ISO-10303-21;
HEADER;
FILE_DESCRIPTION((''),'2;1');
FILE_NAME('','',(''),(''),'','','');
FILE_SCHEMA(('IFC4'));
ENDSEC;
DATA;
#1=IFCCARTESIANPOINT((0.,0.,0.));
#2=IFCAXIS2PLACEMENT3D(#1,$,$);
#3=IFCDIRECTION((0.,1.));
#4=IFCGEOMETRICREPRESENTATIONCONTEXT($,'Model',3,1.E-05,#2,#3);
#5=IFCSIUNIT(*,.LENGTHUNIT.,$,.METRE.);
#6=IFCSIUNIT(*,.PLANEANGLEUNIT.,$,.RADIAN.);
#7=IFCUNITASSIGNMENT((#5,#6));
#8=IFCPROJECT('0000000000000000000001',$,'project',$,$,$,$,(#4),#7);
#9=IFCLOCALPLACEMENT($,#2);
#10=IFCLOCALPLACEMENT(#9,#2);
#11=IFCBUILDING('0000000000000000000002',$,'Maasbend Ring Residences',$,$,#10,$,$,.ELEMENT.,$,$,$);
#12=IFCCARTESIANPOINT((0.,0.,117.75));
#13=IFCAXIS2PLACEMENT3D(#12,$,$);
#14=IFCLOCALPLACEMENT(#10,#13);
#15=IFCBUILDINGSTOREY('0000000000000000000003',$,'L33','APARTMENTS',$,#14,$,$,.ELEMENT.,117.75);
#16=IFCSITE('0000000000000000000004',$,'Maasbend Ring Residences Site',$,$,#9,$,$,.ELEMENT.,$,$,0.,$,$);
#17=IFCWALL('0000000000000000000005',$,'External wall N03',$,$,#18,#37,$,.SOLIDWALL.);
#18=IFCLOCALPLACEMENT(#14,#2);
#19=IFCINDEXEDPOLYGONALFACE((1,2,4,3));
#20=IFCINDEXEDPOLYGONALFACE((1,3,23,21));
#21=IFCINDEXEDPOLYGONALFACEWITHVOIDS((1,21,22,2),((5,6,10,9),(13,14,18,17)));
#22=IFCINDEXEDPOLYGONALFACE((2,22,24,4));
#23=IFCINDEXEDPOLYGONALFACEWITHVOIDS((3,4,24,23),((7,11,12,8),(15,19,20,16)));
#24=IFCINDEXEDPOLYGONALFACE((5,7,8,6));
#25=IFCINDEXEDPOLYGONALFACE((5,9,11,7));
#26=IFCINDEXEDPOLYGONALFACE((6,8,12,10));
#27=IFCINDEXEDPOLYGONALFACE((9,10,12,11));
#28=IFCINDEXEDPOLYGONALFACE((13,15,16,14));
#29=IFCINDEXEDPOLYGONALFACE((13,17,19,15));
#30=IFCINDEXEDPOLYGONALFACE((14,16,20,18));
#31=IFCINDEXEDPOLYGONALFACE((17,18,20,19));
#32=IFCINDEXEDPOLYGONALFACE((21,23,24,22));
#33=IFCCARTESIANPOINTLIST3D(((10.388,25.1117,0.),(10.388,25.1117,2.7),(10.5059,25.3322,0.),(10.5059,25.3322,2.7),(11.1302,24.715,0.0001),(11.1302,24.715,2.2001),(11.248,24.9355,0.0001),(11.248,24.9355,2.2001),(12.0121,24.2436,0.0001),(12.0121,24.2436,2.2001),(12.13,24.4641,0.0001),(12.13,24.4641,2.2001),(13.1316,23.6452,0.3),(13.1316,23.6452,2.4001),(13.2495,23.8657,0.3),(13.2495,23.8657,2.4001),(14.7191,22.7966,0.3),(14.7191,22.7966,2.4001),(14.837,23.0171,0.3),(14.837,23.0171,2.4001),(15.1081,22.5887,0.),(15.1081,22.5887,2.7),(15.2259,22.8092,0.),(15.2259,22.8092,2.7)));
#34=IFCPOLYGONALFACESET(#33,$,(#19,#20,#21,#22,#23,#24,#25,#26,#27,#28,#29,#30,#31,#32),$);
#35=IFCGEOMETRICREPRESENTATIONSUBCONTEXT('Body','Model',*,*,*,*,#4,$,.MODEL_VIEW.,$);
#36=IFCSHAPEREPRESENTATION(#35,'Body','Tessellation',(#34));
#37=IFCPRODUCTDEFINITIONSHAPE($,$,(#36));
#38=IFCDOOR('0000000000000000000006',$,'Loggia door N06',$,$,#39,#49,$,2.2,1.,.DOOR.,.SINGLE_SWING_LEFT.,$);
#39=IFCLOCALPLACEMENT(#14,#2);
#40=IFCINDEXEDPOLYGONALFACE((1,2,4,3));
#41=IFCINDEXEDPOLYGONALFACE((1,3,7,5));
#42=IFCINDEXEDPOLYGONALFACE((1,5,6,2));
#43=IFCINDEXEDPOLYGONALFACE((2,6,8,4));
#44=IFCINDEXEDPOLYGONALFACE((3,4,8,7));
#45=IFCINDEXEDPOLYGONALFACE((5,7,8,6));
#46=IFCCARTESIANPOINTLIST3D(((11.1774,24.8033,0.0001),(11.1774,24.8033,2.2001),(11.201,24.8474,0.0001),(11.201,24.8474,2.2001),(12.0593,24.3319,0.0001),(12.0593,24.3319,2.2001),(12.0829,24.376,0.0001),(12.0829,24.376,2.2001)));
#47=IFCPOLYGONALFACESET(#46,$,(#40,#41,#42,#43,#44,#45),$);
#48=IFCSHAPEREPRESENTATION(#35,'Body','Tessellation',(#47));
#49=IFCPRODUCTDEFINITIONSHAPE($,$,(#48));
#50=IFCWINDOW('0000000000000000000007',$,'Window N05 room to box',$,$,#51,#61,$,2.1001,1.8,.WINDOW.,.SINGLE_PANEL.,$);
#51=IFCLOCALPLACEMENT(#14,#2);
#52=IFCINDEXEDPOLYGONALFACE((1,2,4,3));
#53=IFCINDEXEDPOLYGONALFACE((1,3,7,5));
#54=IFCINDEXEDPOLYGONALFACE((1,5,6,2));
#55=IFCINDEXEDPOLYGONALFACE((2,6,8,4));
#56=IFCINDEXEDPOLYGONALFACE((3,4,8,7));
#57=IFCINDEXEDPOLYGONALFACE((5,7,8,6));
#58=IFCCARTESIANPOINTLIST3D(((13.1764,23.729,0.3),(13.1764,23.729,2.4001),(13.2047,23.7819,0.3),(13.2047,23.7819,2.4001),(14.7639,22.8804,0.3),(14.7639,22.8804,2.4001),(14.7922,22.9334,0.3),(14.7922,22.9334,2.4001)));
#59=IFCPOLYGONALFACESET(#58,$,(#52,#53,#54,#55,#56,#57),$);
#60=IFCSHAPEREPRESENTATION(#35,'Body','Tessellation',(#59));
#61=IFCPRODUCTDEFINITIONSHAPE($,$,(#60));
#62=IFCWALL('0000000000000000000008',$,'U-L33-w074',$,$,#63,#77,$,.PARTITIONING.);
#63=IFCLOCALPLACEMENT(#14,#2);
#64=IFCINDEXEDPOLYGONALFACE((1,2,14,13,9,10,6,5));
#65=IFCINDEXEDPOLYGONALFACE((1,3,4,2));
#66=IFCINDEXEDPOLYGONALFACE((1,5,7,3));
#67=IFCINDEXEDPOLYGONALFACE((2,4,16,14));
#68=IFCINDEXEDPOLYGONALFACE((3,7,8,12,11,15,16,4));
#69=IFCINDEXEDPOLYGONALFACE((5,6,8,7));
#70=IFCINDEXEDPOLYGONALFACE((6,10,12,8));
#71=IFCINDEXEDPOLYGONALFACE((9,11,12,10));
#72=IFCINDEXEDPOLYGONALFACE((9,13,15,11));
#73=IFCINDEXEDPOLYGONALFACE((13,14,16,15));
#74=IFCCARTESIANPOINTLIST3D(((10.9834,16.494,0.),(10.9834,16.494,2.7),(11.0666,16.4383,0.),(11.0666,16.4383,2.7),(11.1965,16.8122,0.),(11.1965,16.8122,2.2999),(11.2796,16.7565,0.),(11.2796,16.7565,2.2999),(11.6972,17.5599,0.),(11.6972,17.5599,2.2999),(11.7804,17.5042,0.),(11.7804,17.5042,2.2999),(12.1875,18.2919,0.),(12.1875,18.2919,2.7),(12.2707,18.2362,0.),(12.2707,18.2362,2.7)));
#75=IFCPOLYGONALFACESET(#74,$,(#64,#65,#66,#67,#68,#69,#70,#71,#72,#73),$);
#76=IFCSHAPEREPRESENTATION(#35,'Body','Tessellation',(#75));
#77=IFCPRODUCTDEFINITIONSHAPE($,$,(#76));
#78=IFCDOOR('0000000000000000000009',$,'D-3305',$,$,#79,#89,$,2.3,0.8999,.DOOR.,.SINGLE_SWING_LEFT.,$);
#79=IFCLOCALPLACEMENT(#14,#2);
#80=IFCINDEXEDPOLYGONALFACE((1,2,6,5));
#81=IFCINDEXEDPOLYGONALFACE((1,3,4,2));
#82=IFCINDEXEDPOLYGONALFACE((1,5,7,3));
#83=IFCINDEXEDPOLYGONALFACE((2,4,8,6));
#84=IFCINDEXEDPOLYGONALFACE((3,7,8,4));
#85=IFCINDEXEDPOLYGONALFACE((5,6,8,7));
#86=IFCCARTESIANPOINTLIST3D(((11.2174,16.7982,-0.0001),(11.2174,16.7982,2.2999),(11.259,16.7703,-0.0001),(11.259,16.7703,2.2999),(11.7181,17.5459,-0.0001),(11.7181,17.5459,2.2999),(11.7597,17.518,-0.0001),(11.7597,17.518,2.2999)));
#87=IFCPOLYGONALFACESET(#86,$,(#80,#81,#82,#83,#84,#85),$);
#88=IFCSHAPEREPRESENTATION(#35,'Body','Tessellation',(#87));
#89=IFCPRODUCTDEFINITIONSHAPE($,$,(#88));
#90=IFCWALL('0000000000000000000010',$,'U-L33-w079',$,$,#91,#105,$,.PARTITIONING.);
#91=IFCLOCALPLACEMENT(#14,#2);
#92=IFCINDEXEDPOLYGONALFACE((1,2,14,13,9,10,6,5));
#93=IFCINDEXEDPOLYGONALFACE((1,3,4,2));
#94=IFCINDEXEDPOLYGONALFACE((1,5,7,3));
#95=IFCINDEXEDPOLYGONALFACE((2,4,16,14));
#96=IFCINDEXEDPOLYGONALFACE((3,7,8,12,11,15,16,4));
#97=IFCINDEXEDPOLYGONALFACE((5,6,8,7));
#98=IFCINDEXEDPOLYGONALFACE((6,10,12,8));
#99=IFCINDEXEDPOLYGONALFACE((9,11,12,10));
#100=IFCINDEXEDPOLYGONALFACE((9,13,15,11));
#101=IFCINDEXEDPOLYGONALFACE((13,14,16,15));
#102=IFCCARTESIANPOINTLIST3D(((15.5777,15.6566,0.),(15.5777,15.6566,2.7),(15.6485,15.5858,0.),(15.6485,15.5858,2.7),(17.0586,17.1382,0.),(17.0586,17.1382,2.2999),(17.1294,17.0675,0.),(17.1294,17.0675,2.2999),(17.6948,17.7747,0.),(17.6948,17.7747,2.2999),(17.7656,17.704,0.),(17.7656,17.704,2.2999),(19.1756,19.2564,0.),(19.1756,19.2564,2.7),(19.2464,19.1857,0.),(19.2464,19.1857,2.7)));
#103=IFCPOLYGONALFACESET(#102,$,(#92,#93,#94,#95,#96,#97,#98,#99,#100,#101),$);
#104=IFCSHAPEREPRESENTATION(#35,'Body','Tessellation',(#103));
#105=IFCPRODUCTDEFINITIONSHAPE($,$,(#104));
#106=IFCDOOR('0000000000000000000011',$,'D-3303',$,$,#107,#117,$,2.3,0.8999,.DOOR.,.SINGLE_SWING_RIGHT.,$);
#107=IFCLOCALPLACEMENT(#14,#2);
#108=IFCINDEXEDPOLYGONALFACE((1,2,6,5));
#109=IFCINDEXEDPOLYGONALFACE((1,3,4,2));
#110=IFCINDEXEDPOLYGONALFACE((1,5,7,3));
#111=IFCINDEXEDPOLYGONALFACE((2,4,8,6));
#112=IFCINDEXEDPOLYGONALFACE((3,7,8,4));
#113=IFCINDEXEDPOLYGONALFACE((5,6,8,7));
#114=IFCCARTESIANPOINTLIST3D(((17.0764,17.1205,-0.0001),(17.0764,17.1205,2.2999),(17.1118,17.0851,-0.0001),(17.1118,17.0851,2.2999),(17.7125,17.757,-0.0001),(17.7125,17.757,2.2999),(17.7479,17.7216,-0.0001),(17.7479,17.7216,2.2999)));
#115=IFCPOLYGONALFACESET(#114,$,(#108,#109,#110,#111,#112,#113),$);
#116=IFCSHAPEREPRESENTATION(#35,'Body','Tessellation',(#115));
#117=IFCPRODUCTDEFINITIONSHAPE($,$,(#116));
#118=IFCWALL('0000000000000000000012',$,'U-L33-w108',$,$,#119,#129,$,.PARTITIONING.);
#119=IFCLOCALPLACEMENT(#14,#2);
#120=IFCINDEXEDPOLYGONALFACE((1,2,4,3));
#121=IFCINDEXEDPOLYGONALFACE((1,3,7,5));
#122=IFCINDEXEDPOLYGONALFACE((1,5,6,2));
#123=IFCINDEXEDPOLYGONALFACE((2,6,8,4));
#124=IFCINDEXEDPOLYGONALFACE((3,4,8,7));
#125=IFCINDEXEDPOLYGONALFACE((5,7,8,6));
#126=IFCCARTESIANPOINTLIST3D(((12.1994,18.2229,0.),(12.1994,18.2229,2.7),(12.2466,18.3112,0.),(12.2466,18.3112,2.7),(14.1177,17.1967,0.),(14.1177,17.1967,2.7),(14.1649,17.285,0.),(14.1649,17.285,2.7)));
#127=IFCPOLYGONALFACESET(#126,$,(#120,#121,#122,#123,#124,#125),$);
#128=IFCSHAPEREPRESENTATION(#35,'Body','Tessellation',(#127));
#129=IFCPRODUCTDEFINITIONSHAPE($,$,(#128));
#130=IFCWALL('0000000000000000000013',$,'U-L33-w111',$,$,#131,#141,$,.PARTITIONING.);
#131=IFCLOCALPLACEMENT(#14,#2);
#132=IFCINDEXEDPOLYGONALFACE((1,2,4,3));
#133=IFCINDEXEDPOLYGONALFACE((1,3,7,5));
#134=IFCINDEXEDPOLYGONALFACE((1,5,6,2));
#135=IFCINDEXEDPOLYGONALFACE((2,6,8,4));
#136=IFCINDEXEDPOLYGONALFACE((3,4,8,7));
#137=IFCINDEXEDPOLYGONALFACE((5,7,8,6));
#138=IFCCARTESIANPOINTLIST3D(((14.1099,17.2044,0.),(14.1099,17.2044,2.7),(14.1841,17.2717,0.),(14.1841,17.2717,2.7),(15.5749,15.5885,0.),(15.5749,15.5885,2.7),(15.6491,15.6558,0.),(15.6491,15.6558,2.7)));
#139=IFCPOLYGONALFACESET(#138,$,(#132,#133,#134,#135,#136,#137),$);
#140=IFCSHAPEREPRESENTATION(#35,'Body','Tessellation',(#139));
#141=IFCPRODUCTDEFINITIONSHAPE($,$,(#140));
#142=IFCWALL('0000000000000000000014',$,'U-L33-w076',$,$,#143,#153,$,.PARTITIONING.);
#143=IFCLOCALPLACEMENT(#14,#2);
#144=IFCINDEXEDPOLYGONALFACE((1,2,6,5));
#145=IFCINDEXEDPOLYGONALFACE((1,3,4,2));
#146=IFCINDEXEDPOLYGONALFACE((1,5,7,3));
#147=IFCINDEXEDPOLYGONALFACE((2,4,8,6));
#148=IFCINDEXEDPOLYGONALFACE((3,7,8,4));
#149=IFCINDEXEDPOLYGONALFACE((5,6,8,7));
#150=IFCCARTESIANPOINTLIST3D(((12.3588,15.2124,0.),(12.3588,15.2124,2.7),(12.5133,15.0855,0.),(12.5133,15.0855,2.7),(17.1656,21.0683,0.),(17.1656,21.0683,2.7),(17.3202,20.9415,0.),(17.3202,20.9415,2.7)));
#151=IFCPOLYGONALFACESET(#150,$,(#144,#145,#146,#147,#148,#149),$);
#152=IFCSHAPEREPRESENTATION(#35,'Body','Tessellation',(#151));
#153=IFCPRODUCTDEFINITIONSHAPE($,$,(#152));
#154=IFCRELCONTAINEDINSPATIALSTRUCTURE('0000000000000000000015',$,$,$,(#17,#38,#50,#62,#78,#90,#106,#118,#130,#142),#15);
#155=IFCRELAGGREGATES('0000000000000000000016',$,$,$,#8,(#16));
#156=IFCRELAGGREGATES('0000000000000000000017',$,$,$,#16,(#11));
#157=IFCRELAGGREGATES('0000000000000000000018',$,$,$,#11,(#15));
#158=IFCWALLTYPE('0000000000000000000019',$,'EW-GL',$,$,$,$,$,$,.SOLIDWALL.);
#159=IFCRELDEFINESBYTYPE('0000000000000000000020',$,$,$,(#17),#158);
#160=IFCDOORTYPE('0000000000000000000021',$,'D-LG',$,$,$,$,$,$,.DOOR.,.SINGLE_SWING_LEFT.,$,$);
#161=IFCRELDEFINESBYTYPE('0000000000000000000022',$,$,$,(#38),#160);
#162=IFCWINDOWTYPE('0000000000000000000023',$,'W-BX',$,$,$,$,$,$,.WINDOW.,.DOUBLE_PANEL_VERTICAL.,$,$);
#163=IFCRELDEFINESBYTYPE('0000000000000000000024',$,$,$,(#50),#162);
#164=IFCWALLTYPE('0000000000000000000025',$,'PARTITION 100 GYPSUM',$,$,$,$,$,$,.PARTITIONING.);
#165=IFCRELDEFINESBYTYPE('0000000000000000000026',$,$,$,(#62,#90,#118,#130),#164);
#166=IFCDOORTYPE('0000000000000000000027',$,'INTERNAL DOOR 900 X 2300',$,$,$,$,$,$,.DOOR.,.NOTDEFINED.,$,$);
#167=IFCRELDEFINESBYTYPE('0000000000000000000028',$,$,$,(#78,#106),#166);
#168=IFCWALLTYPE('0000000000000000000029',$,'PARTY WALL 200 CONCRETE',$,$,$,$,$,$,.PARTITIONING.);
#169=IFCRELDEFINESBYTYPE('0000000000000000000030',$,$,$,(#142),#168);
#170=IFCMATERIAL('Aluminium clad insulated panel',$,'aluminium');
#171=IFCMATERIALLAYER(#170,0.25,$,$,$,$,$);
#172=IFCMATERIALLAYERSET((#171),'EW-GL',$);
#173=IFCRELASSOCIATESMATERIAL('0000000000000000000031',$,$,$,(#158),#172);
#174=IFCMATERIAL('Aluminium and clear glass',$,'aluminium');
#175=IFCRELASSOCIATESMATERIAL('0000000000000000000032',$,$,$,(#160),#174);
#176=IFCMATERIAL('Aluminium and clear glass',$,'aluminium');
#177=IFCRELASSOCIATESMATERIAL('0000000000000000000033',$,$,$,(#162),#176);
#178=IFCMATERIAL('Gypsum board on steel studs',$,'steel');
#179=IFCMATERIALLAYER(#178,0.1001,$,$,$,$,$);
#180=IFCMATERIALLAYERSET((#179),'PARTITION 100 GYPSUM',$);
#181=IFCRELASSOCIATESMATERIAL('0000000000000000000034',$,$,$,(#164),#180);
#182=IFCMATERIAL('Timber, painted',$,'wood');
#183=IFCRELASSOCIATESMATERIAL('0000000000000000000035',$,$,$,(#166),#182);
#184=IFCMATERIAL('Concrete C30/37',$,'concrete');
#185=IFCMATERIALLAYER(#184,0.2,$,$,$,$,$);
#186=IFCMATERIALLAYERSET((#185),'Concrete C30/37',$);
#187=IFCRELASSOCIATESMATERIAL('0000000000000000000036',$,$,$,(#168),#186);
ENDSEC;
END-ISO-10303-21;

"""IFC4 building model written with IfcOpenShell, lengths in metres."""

from ifc_helpers import new_model, si_unit, direction, frame, frame_2d, origin, place, context, subcontext, project, spatial, rectangle, extrude, material, layer, layer_set, type_object, element, fill, save


model = new_model("IFC4")

# Units and contexts
model_context = context("Model", 3, precision=1e-05, world=origin(), true_north=direction((0.0, 1.0)))
body_context = subcontext(model_context, "Body", "Model", "MODEL_VIEW")
ifc_project = project(units=[si_unit("LENGTHUNIT", "METRE"), si_unit("PLANEANGLEUNIT", "RADIAN")], contexts=[model_context])

# Site, building, storey
site_placement = place(None, origin())
site = spatial("IfcSite", under=ifc_project, at=site_placement, Name="Maasbend Ring Residences Site", CompositionType="ELEMENT", RefElevation=0.0)
building_placement = place(site_placement, origin())
building = spatial("IfcBuilding", under=site, at=building_placement, Name="Maasbend Ring Residences", CompositionType="ELEMENT")
storey_placement = place(building_placement, frame((0.0, 0.0, 117.75)))
storey = spatial("IfcBuildingStorey", under=building, at=storey_placement, Name="L33", Description="APARTMENTS", CompositionType="ELEMENT", Elevation=117.75)

# Wall, openings, door, window
ifc_material_1 = material(Name="Aluminium clad insulated panel", Category="aluminium")
ifc_layer_1 = layer(ifc_material_1, 0.25)
ifc_layer_set_1 = layer_set([ifc_layer_1], Name="EW-GL")
wall_type_1 = type_object("IfcWallType", Name="EW-GL", PredefinedType="SOLIDWALL", material=ifc_layer_set_1)
wall_1_placement = place(storey_placement, frame((15.167, 22.699, 0.0), z_axis=(0.0, 0.0, 1.0), x_axis=(-0.881916, 0.471407, 0.0)))
wall_1 = element("IfcWall", 1, at=wall_1_placement, inside=storey, type_object=wall_type_1, Name="External wall N03", PredefinedType="SOLIDWALL", context=body_context, shape_type="SweptSolid", body=[
    extrude(rectangle(XDim=5.3521, YDim=0.25, at=frame_2d((2.676, 0.0))), origin(), (0.0, 0.0, 1.0), 2.7),
])
opening_1_placement = place(wall_1_placement, frame((0.4412, 0.0, 0.3)))
opening_1 = element("IfcOpeningElement", 2, at=opening_1_placement, cuts=wall_1, PredefinedType="OPENING", context=body_context, shape_type="SweptSolid", body=[
    extrude(rectangle(XDim=1.8, YDim=2.1001, at=frame_2d((0.8999, 1.05))), frame((0.0, 0.135, 0.0), z_axis=(0.0, -1.0, 0.0), x_axis=(1.0, 0.0, 0.0)), (0.0, 0.0, 1.0), 0.27),
])
opening_2_placement = place(wall_1_placement, frame((3.5105, 0.0, 0.0)))
opening_2 = element("IfcOpeningElement", 3, at=opening_2_placement, cuts=wall_1, PredefinedType="OPENING", context=body_context, shape_type="SweptSolid", body=[
    extrude(rectangle(XDim=1.0, YDim=2.2, at=frame_2d((0.5, 1.1001))), frame((0.0, 0.135, 0.0), z_axis=(0.0, -1.0, 0.0), x_axis=(1.0, 0.0, 0.0)), (0.0, 0.0, 1.0), 0.27),
])
ifc_material_2 = material(Name="Aluminium and clear glass", Category="aluminium")
door_type_1 = type_object("IfcDoorType", Name="D-LG", OperationType="SINGLE_SWING_LEFT", PredefinedType="DOOR", material=ifc_material_2)
door_1_placement = place(opening_2_placement, origin())
door_1 = element("IfcDoor", 4, at=door_1_placement, inside=storey, type_object=door_type_1, Name="Loggia door N06", OperationType="SINGLE_SWING_LEFT", OverallHeight=2.2, OverallWidth=1.0, PredefinedType="DOOR", context=body_context, shape_type="SweptSolid", body=[
    extrude(rectangle(XDim=1.0, YDim=2.2, at=frame_2d((0.5, 1.1001))), frame((0.0, 0.0249, 0.0), z_axis=(0.0, -1.0, 0.0), x_axis=(1.0, 0.0, 0.0)), (0.0, 0.0, 1.0), 0.05),
])
fill(opening_2, door_1)
ifc_material_3 = material(Name="Aluminium and clear glass", Category="aluminium")
window_type_1 = type_object("IfcWindowType", Name="W-BX", PartitioningType="DOUBLE_PANEL_VERTICAL", PredefinedType="WINDOW", material=ifc_material_3)
window_1_placement = place(opening_1_placement, origin())
window_1 = element("IfcWindow", 5, at=window_1_placement, inside=storey, type_object=window_type_1, Name="Window N05 room to box", OverallHeight=2.1001, OverallWidth=1.8, PartitioningType="SINGLE_PANEL", PredefinedType="WINDOW", context=body_context, shape_type="SweptSolid", body=[
    extrude(rectangle(XDim=1.8, YDim=2.1001, at=frame_2d((0.8999, 1.05))), frame((0.0, 0.03, 0.0), z_axis=(0.0, -1.0, 0.0), x_axis=(1.0, 0.0, 0.0)), (0.0, 0.0, 1.0), 0.0601),
])
fill(opening_1, window_1)

# Walls, openings, doors
ifc_material_4 = material(Name="Gypsum board on steel studs", Category="steel")
ifc_layer_2 = layer(ifc_material_4, 0.1001)
ifc_layer_set_2 = layer_set([ifc_layer_2], Name="PARTITION 100 GYPSUM")
wall_type_2 = type_object("IfcWallType", Name="PARTITION 100 GYPSUM", PredefinedType="PARTITIONING", material=ifc_layer_set_2)
wall_2_placement = place(storey_placement, frame((11.0249, 16.4661, 0.0), z_axis=(0.0, 0.0, 1.0), x_axis=(0.556469, 0.830868, 0.0)))
wall_2 = element("IfcWall", 6, at=wall_2_placement, inside=storey, type_object=wall_type_2, Name="U-L33-w074", PredefinedType="PARTITIONING", context=body_context, shape_type="SweptSolid", body=[
    extrude(rectangle(XDim=2.1638, YDim=0.1001, at=frame_2d((1.082, 0.0))), origin(), (0.0, 0.0, 1.0), 2.7),
])
opening_3_placement = place(wall_2_placement, frame((0.3831, 0.0, 0.0)))
opening_3 = element("IfcOpeningElement", 7, at=opening_3_placement, cuts=wall_2, PredefinedType="OPENING", context=body_context, shape_type="SweptSolid", body=[
    extrude(rectangle(XDim=0.8999, YDim=2.3, at=frame_2d((0.45, 1.1499))), frame((0.0, 0.0601, 0.0), z_axis=(0.0, -1.0, 0.0), x_axis=(1.0, 0.0, 0.0)), (0.0, 0.0, 1.0), 0.1201),
])
ifc_material_5 = material(Name="Timber, painted", Category="wood")
door_type_2 = type_object("IfcDoorType", Name="INTERNAL DOOR 900 X 2300", OperationType="NOTDEFINED", PredefinedType="DOOR", material=ifc_material_5)
door_2_placement = place(opening_3_placement, origin())
door_2 = element("IfcDoor", 8, at=door_2_placement, inside=storey, type_object=door_type_2, Name="D-3305", OperationType="SINGLE_SWING_LEFT", OverallHeight=2.3, OverallWidth=0.8999, PredefinedType="DOOR", context=body_context, shape_type="SweptSolid", body=[
    extrude(rectangle(XDim=0.8999, YDim=2.3, at=frame_2d((0.45, 1.1499))), frame((0.0, 0.0249, 0.0), z_axis=(0.0, -1.0, 0.0), x_axis=(1.0, 0.0, 0.0)), (0.0, 0.0, 1.0), 0.05),
])
fill(opening_3, door_2)
wall_3_placement = place(storey_placement, frame((15.613, 15.6211, 0.0), z_axis=(0.0, 0.0, 1.0), x_axis=(0.706915, 0.707299, 0.0)))
wall_3 = element("IfcWall", 9, at=wall_3_placement, inside=storey, type_object=wall_type_2, Name="U-L33-w079", PredefinedType="PARTITIONING", context=body_context, shape_type="SweptSolid", body=[
    extrude(rectangle(XDim=5.0896, YDim=0.1001, at=frame_2d((2.5449, 0.0))), origin(), (0.0, 0.0, 1.0), 2.7),
])
opening_4_placement = place(wall_3_placement, frame((2.095, 0.0, 0.0)))
opening_4 = element("IfcOpeningElement", 10, at=opening_4_placement, cuts=wall_3, PredefinedType="OPENING", context=body_context, shape_type="SweptSolid", body=[
    extrude(rectangle(XDim=0.8999, YDim=2.3, at=frame_2d((0.45, 1.1499))), frame((0.0, 0.0601, 0.0), z_axis=(0.0, -1.0, 0.0), x_axis=(1.0, 0.0, 0.0)), (0.0, 0.0, 1.0), 0.1201),
])
door_3_placement = place(opening_4_placement, origin())
door_3 = element("IfcDoor", 11, at=door_3_placement, inside=storey, type_object=door_type_2, Name="D-3303", OperationType="SINGLE_SWING_RIGHT", OverallHeight=2.3, OverallWidth=0.8999, PredefinedType="DOOR", context=body_context, shape_type="SweptSolid", body=[
    extrude(rectangle(XDim=0.8999, YDim=2.3, at=frame_2d((0.45, 1.1499))), frame((0.0, 0.0249, 0.0), z_axis=(0.0, -1.0, 0.0), x_axis=(1.0, 0.0, 0.0)), (0.0, 0.0, 1.0), 0.05),
])
fill(opening_4, door_3)

# Walls
wall_4_placement = place(storey_placement, frame((12.2229, 18.2671, 0.0), z_axis=(0.0, 0.0, 1.0), x_axis=(0.881765, -0.471689, 0.0)))
element("IfcWall", 12, at=wall_4_placement, inside=storey, type_object=wall_type_2, Name="U-L33-w108", PredefinedType="PARTITIONING", context=body_context, shape_type="SweptSolid", body=[
    extrude(rectangle(XDim=2.1755, YDim=0.1001, at=frame_2d((1.0879, 0.0))), origin(), (0.0, 0.0, 1.0), 2.7),
])
wall_5_placement = place(storey_placement, frame((14.147, 17.238, 0.0), z_axis=(0.0, 0.0, 1.0), x_axis=(0.671675, -0.740846, 0.0)))
element("IfcWall", 13, at=wall_5_placement, inside=storey, type_object=wall_type_2, Name="U-L33-w111", PredefinedType="PARTITIONING", context=body_context, shape_type="SweptSolid", body=[
    extrude(rectangle(XDim=2.1812, YDim=0.1001, at=frame_2d((1.0906, 0.0))), origin(), (0.0, 0.0, 1.0), 2.7),
])
ifc_material_6 = material(Name="Concrete C30/37", Category="concrete")
ifc_layer_3 = layer(ifc_material_6, 0.2)
ifc_layer_set_3 = layer_set([ifc_layer_3], Name="Concrete C30/37")
wall_type_3 = type_object("IfcWallType", Name="PARTY WALL 200 CONCRETE", PredefinedType="PARTITIONING", material=ifc_layer_set_3)
wall_6_placement = place(storey_placement, frame((12.436, 15.1489, 0.0), z_axis=(0.0, 0.0, 1.0), x_axis=(0.634474, 0.772944, 0.0)))
element("IfcWall", 14, at=wall_6_placement, inside=storey, type_object=wall_type_3, Name="U-L33-w076", PredefinedType="PARTITIONING", context=body_context, shape_type="SweptSolid", body=[
    extrude(rectangle(XDim=7.5762, YDim=0.2, at=frame_2d((3.7881, 0.0))), origin(), (0.0, 0.0, 1.0), 2.7),
])

save(model, "model.ifc")
